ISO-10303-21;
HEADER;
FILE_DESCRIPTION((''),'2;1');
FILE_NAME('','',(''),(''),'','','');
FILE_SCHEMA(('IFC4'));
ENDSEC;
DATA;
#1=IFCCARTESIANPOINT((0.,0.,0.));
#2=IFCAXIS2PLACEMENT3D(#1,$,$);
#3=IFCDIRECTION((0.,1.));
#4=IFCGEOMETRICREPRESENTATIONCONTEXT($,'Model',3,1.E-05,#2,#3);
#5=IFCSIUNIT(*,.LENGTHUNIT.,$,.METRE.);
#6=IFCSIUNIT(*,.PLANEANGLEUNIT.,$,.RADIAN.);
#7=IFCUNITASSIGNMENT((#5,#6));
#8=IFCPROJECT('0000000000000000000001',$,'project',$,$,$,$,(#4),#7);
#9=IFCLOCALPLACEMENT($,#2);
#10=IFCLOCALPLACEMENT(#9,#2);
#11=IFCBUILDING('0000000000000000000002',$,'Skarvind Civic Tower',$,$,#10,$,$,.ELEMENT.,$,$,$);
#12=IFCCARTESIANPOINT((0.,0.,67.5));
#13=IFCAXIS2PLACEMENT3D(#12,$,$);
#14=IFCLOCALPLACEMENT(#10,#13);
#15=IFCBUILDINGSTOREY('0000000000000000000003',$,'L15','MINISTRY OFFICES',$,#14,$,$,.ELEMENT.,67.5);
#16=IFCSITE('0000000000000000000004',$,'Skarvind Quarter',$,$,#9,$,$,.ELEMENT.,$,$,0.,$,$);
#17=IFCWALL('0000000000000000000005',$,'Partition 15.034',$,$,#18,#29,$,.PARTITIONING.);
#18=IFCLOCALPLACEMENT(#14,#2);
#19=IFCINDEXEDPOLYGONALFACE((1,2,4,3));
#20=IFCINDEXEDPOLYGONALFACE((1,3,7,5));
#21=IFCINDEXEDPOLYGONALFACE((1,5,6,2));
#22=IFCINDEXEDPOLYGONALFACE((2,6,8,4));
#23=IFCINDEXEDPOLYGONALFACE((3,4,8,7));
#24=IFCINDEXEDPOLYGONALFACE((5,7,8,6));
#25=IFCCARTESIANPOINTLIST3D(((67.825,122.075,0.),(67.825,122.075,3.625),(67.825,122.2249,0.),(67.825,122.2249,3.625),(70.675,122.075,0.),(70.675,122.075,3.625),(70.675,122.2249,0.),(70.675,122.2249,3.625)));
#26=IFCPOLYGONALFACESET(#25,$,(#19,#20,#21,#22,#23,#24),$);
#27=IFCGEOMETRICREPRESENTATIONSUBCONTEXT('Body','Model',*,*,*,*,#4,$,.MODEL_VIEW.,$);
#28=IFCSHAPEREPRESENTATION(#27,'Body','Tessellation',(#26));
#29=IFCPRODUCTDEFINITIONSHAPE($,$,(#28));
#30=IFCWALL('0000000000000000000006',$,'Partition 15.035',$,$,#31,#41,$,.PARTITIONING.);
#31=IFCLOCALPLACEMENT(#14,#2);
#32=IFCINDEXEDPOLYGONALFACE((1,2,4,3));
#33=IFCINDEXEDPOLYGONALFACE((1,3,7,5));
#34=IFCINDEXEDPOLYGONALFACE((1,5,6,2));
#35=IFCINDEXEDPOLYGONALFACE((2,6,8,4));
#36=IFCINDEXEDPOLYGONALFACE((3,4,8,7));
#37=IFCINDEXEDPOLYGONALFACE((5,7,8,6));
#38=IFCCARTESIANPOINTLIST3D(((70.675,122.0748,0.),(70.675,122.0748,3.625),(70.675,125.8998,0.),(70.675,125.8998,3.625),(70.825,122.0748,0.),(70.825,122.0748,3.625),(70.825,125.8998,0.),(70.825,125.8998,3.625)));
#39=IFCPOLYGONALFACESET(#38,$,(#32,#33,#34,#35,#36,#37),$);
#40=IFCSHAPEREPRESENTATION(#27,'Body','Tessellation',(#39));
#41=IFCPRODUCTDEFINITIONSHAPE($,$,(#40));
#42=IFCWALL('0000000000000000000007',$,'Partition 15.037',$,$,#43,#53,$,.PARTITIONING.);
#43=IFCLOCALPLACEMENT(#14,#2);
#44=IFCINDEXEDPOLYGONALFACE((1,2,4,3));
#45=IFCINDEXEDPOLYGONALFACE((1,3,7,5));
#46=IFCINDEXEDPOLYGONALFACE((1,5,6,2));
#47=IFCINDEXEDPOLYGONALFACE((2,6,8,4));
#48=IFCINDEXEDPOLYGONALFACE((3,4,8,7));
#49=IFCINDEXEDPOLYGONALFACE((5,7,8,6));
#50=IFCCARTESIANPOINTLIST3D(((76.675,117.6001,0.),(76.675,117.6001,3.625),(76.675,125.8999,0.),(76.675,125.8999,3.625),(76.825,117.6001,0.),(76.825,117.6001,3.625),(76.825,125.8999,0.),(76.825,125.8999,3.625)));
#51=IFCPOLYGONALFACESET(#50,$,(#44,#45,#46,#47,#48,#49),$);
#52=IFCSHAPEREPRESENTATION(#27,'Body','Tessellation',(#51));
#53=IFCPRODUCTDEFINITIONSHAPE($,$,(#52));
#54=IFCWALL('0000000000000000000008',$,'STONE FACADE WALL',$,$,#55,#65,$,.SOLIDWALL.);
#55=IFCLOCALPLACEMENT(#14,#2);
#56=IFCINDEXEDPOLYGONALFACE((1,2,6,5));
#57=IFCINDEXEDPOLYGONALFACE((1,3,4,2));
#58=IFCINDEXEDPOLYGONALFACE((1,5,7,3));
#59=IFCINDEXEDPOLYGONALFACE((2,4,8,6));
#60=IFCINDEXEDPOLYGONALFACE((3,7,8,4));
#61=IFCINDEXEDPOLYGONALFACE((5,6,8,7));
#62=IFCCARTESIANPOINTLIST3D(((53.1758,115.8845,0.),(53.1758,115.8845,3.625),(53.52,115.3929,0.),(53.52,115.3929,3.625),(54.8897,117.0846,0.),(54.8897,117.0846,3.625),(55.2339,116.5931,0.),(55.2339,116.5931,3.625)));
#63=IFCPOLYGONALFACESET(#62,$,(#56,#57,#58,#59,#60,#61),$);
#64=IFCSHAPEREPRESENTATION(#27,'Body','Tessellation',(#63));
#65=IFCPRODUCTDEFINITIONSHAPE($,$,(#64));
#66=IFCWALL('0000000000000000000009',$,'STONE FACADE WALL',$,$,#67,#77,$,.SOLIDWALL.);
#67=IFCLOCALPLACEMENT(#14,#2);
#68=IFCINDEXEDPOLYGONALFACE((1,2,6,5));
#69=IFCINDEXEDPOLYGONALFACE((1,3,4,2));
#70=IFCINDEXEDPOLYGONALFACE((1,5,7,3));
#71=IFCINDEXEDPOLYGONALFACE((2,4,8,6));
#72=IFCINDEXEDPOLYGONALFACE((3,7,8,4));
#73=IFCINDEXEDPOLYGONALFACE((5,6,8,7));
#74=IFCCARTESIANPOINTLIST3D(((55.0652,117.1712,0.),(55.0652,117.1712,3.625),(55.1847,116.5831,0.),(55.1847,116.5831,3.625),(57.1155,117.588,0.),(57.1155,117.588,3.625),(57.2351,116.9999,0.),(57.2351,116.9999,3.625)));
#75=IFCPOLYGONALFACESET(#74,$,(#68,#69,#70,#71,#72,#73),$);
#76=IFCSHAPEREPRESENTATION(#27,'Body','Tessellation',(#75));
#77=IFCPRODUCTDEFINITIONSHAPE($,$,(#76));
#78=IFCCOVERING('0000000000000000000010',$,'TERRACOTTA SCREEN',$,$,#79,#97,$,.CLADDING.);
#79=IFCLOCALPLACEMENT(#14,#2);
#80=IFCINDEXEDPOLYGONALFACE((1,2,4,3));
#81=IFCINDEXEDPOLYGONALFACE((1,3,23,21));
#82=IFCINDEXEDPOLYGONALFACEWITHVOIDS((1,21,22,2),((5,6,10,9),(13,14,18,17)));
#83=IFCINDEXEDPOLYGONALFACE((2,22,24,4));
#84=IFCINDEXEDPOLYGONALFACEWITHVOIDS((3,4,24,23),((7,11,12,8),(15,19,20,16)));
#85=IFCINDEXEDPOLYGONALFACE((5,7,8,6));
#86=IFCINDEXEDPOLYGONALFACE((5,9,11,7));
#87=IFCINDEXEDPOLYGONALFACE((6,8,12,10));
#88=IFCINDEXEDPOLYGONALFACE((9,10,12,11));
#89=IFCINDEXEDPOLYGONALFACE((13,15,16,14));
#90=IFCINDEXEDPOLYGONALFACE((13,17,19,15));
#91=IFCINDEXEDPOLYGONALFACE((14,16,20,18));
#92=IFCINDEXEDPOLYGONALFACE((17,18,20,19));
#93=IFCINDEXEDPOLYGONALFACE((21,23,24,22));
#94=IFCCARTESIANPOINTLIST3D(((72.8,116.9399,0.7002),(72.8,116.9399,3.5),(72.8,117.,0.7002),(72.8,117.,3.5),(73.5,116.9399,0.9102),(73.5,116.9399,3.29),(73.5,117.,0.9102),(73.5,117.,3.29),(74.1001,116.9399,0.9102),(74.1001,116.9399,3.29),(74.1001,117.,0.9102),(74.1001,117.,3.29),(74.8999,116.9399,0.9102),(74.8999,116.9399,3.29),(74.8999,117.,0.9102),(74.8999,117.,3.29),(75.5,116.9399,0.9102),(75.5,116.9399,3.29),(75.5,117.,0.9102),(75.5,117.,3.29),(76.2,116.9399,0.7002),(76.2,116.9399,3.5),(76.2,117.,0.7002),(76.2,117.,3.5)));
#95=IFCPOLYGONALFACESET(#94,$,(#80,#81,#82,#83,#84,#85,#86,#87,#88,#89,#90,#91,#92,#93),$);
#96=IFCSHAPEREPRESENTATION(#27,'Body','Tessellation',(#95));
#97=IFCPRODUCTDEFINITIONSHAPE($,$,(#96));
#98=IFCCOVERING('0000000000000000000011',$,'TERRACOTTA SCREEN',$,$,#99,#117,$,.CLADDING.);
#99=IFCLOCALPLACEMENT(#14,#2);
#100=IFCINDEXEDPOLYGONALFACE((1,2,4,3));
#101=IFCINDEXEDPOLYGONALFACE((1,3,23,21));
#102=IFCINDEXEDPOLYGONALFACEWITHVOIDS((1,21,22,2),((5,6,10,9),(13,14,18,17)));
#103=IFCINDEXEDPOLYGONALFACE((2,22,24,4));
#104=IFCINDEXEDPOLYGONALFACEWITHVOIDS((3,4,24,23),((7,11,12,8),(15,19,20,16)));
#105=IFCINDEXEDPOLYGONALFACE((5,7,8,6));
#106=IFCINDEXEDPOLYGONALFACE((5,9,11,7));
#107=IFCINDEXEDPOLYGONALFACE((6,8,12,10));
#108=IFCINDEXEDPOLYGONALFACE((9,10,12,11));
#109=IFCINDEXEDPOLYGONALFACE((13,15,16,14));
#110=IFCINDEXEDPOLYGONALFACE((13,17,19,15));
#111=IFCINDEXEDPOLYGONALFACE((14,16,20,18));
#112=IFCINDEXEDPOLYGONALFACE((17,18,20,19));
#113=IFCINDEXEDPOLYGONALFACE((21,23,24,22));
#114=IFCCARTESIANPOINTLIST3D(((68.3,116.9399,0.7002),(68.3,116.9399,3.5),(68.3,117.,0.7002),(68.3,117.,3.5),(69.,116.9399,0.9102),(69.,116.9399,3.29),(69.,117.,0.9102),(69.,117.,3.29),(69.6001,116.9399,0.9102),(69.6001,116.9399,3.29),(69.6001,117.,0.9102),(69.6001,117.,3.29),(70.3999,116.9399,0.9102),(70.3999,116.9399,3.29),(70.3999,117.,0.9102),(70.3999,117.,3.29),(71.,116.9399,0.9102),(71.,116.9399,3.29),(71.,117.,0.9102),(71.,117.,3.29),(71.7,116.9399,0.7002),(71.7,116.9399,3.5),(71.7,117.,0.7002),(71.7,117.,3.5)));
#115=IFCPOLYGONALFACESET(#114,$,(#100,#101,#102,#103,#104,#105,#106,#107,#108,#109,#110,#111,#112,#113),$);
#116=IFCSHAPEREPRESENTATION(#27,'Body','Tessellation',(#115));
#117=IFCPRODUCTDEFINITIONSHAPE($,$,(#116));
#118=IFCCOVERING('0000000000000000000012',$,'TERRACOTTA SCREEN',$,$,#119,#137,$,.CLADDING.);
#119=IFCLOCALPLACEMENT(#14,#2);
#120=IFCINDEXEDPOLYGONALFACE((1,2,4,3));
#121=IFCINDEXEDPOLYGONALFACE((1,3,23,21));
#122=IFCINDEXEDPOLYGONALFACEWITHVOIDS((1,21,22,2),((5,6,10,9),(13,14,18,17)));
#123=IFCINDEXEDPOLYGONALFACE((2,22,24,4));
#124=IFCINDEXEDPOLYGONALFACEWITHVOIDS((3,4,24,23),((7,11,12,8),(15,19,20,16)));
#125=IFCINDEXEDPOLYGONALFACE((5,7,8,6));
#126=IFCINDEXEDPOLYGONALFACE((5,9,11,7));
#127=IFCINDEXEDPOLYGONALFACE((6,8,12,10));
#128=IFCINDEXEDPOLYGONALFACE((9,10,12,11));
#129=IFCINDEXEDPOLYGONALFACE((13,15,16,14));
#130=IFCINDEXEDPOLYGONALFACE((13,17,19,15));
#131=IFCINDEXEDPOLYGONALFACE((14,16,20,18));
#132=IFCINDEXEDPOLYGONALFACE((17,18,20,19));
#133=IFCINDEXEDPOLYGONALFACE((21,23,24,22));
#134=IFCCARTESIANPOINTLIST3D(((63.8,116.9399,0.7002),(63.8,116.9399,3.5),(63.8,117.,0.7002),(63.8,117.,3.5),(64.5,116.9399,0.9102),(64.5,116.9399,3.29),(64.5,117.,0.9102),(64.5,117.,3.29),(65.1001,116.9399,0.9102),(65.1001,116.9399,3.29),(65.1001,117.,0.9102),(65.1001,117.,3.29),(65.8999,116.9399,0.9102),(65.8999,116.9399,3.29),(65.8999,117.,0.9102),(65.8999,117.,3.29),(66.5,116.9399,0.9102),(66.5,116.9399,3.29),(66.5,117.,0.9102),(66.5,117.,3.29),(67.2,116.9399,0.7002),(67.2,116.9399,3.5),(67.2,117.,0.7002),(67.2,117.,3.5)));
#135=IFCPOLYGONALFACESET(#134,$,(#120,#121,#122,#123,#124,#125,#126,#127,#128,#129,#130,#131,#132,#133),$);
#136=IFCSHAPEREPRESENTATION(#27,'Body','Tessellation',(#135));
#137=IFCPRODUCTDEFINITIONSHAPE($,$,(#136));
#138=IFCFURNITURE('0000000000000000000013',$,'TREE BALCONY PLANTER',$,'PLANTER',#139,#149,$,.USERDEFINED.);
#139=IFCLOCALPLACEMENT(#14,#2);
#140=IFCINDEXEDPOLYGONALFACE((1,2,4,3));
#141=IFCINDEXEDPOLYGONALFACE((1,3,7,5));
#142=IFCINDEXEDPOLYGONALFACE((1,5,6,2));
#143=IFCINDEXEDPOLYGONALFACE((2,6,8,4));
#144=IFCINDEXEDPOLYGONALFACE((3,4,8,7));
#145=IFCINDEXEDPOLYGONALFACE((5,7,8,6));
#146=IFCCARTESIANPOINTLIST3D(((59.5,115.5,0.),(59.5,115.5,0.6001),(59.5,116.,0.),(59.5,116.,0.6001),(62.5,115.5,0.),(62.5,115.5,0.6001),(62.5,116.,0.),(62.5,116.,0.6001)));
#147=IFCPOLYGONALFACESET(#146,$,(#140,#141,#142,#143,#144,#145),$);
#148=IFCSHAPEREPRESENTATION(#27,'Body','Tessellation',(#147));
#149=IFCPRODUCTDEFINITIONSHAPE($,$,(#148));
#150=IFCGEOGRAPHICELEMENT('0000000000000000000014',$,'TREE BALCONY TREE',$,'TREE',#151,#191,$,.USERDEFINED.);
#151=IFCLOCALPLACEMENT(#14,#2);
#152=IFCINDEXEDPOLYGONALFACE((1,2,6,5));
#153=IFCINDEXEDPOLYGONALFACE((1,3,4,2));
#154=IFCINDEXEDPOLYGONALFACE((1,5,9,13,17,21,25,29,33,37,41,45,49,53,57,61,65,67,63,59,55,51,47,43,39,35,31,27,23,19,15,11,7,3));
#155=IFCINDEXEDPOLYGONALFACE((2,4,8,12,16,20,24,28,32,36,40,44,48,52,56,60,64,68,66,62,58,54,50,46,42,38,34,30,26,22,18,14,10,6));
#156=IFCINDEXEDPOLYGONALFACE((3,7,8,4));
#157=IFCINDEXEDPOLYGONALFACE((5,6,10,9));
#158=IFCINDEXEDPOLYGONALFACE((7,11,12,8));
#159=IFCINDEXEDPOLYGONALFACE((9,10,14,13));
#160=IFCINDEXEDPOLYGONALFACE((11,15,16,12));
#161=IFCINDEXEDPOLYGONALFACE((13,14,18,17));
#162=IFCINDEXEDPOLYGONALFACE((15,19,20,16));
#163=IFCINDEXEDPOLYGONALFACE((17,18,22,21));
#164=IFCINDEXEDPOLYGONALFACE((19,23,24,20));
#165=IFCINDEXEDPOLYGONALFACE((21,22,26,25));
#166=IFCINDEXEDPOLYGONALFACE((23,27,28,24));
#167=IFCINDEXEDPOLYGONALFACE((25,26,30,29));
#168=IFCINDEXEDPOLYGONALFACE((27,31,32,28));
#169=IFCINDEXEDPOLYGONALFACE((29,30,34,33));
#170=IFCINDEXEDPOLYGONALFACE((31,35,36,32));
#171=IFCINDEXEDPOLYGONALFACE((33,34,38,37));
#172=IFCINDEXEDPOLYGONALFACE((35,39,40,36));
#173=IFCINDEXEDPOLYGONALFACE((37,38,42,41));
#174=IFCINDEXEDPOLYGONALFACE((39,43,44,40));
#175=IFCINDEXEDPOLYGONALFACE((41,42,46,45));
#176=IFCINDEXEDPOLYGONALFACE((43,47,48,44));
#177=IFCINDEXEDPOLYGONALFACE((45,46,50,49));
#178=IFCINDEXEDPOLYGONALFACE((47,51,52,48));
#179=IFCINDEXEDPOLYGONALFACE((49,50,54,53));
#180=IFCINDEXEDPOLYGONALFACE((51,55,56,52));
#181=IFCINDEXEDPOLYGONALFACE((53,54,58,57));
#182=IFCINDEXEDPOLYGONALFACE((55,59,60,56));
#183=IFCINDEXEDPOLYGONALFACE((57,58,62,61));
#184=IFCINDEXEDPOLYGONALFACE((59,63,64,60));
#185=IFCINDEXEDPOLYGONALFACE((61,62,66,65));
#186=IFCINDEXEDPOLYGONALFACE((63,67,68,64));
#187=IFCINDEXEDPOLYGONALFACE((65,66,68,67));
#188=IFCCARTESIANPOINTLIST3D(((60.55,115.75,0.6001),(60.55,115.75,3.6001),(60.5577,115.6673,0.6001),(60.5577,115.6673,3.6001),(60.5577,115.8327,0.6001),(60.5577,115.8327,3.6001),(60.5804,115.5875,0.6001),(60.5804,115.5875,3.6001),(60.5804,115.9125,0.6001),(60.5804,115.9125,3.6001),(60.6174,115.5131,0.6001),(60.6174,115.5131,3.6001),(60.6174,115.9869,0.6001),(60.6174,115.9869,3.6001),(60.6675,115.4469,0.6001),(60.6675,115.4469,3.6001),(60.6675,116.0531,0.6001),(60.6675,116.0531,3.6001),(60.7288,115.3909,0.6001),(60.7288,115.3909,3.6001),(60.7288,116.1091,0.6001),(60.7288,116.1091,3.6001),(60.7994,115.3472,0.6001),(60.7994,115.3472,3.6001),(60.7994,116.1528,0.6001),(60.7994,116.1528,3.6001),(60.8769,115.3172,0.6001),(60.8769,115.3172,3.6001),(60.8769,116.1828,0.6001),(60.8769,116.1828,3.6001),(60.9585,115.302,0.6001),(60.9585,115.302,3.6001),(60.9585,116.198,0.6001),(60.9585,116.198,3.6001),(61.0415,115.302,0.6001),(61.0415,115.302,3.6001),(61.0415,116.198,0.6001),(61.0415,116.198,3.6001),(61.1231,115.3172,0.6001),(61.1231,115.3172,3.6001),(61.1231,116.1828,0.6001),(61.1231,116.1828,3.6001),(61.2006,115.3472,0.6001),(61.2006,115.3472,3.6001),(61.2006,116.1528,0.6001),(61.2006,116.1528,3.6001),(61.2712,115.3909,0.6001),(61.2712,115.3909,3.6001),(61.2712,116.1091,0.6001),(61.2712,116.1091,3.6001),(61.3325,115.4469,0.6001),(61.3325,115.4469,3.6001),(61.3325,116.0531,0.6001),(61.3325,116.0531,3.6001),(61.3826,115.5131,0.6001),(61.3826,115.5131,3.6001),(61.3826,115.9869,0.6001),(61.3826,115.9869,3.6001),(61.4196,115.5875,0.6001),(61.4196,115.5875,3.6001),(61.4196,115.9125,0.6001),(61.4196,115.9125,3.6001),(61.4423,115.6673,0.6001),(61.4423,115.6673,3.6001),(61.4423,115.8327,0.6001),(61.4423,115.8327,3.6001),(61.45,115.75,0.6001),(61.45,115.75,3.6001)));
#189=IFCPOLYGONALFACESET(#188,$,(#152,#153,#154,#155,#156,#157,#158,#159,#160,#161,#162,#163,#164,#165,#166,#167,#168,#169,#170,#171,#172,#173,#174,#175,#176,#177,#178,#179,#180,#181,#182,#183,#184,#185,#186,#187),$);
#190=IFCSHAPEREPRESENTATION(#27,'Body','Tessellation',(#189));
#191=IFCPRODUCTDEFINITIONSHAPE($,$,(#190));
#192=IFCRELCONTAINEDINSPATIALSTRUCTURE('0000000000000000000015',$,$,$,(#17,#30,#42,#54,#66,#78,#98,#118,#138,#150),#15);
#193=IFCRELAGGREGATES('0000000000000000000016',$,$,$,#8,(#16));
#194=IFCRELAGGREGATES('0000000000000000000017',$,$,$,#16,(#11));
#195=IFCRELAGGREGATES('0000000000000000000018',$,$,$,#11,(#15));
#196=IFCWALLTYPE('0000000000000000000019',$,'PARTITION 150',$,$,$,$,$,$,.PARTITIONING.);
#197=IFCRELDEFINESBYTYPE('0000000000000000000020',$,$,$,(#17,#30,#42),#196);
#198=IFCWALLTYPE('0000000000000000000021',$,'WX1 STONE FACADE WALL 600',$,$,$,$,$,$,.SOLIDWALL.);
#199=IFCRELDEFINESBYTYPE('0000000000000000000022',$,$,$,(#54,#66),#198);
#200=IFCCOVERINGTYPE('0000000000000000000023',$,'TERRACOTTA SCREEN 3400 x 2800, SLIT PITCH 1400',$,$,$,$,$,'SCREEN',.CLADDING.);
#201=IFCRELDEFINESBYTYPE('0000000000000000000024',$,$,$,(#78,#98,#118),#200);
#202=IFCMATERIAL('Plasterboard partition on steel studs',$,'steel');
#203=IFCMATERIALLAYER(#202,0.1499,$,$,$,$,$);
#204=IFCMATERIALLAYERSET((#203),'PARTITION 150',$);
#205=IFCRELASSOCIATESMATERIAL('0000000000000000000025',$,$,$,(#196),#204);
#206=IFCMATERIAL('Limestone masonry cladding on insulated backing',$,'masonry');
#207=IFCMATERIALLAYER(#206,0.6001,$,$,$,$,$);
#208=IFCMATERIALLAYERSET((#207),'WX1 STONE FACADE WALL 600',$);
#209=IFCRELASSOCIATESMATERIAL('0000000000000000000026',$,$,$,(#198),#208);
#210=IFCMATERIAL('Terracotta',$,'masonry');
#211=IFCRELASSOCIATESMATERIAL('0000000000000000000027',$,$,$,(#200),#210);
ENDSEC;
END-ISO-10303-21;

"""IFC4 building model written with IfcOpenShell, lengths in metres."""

from ifc_helpers import new_model, si_unit, direction, frame, frame_2d, origin, origin_2d, place, context, subcontext, project, spatial, polyline, rectangle, circle, outline, extrude, material, layer, layer_set, material_profile, profile_set, type_object, element, save


model = new_model("IFC4")

# Units and contexts
model_context = context("Model", 3, precision=1e-05, world=origin(), true_north=direction((0.0, 1.0)))
body_context = subcontext(model_context, "Body", "Model", "MODEL_VIEW")
ifc_project = project(units=[si_unit("LENGTHUNIT", "METRE"), si_unit("PLANEANGLEUNIT", "RADIAN")], contexts=[model_context])

# Site, building, storey
site_placement = place(None, origin())
site = spatial("IfcSite", under=ifc_project, at=site_placement, Name="Skarvind Quarter", CompositionType="ELEMENT", RefElevation=0.0)
building_placement = place(site_placement, origin())
building = spatial("IfcBuilding", under=site, at=building_placement, Name="Skarvind Civic Tower", CompositionType="ELEMENT")
storey_placement = place(building_placement, frame((0.0, 0.0, 67.5)))
storey = spatial("IfcBuildingStorey", under=building, at=storey_placement, Name="L15", Description="MINISTRY OFFICES", CompositionType="ELEMENT", Elevation=67.5)

# Shared definitions
ifc_material_1 = material(Name="Plasterboard partition on steel studs", Category="steel")
ifc_layer_1 = layer(ifc_material_1, 0.1499)
ifc_layer_set_1 = layer_set([ifc_layer_1], Name="PARTITION 150")
wall_type_1 = type_object("IfcWallType", Name="PARTITION 150", PredefinedType="PARTITIONING", material=ifc_layer_set_1)

# Walls
wall_1_placement = place(storey_placement, frame((70.675, 122.1499, 0.0), z_axis=(0.0, 0.0, 1.0), x_axis=(-1.0, 0.0, 0.0)))
element("IfcWall", 1, at=wall_1_placement, inside=storey, type_object=wall_type_1, Name="Partition 15.034", PredefinedType="PARTITIONING", context=body_context, shape_type="SweptSolid", body=[
    extrude(rectangle(XDim=2.8501, YDim=0.1499, at=frame_2d((1.425, 0.0))), origin(), (0.0, 0.0, 1.0), 3.625),
])
wall_2_placement = place(storey_placement, frame((70.75, 125.8999, 0.0), z_axis=(0.0, 0.0, 1.0), x_axis=(0.0, -1.0, 0.0)))
element("IfcWall", 2, at=wall_2_placement, inside=storey, type_object=wall_type_1, Name="Partition 15.035", PredefinedType="PARTITIONING", context=body_context, shape_type="SweptSolid", body=[
    extrude(rectangle(XDim=3.825, YDim=0.1499, at=frame_2d((1.9126, 0.0))), origin(), (0.0, 0.0, 1.0), 3.625),
])
wall_3_placement = place(storey_placement, frame((76.75, 117.6001, 0.0), z_axis=(0.0, 0.0, 1.0), x_axis=(0.0, 1.0, 0.0)))
element("IfcWall", 3, at=wall_3_placement, inside=storey, type_object=wall_type_1, Name="Partition 15.037", PredefinedType="PARTITIONING", context=body_context, shape_type="SweptSolid", body=[
    extrude(rectangle(XDim=8.2998, YDim=0.1499, at=frame_2d((4.1499, 0.0))), origin(), (0.0, 0.0, 1.0), 3.625),
])
ifc_material_2 = material(Name="Limestone masonry cladding on insulated backing", Category="masonry")
ifc_layer_2 = layer(ifc_material_2, 0.6001)
ifc_layer_set_2 = layer_set([ifc_layer_2], Name="WX1 STONE FACADE WALL 600")
wall_type_2 = type_object("IfcWallType", Name="WX1 STONE FACADE WALL 600", PredefinedType="SOLIDWALL", material=ifc_layer_set_2)
for number, where, z_axis, x_axis, name in (
    (4, (55.0618, 116.8389, 0.0), (0.0, 0.0, 1.0), (-0.819122, -0.573619, 0.0), "STONE FACADE WALL"),
    (5, (57.1753, 117.2939, 0.0), (0.0, 0.0, 1.0), (-0.979961, -0.199189, 0.0), "STONE FACADE WALL"),
):
    element("IfcWall", number, at=place(storey_placement, frame(where, z_axis=z_axis, x_axis=x_axis)), inside=storey, type_object=wall_type_2, Name=name, PredefinedType="SOLIDWALL", context=body_context, shape_type="SweptSolid", body=[
        extrude(rectangle(XDim=2.0923, YDim=0.6001, at=frame_2d((1.0461, 0.0))), origin(), (0.0, 0.0, 1.0), 3.625),
    ])

# Coverings
ifc_material_3 = material(Name="Terracotta", Category="masonry")
ifc_material_profile_1 = material_profile(ifc_material_3, outline(polyline([(-1.7, -1.3999), (1.7, -1.3999), (1.7, 1.3999), (-1.7, 1.3999), (-1.7, -1.3999)]), holes=[polyline([(-1.0, -1.1899), (-0.3999, -1.1899), (-0.3999, 1.1899), (-1.0, 1.1899), (-1.0, -1.1899)]), polyline([(0.3999, -1.1899), (1.0, -1.1899), (1.0, 1.1899), (0.3999, 1.1899), (0.3999, -1.1899)])]), Name="TERRACOTTA SCREEN 3400 x 2800, SLIT PITCH 1400")
ifc_profile_set_1 = profile_set([ifc_material_profile_1], Name="Terracotta")
covering_type = type_object("IfcCoveringType", Name="TERRACOTTA SCREEN 3400 x 2800, SLIT PITCH 1400", ElementType="SCREEN", PredefinedType="CLADDING", material=ifc_profile_set_1)
for number, where, z_axis, x_axis, name in (
    (6, (74.5, 117.0, 2.1001), (0.0, -1.0, 0.0), (1.0, 0.0, 0.0), "TERRACOTTA SCREEN"),
    (7, (70.0, 117.0, 2.1001), (0.0, -1.0, 0.0), (1.0, 0.0, 0.0), "TERRACOTTA SCREEN"),
    (8, (65.5, 117.0, 2.1001), (0.0, -1.0, 0.0), (1.0, 0.0, 0.0), "TERRACOTTA SCREEN"),
):
    element("IfcCovering", number, at=place(storey_placement, frame(where, z_axis=z_axis, x_axis=x_axis)), inside=storey, type_object=covering_type, Name=name, PredefinedType="CLADDING", context=body_context, shape_type="SweptSolid", body=[
        extrude(outline(polyline([(-1.7, -1.3999), (1.7, -1.3999), (1.7, 1.3999), (-1.7, 1.3999), (-1.7, -1.3999)]), holes=[polyline([(-1.0, -1.1899), (-0.3999, -1.1899), (-0.3999, 1.1899), (-1.0, 1.1899), (-1.0, -1.1899)]), polyline([(0.3999, -1.1899), (1.0, -1.1899), (1.0, 1.1899), (0.3999, 1.1899), (0.3999, -1.1899)])]), origin(), (0.0, 0.0, 1.0), 0.0601),
    ])

# Furniture
furniture_placement = place(storey_placement, frame((61.0, 115.75, 0.0), z_axis=(0.0, 0.0, 1.0), x_axis=(-1.0, 0.0, 0.0)))
element("IfcFurniture", 9, at=furniture_placement, inside=storey, Name="TREE BALCONY PLANTER", ObjectType="PLANTER", PredefinedType="USERDEFINED", context=body_context, shape_type="SweptSolid", body=[
    extrude(rectangle(XDim=3.0, YDim=0.5, at=origin_2d()), origin(), (0.0, 0.0, 1.0), 0.6001),
])

# Geographic element
geographic_element_placement = place(storey_placement, frame((61.0, 115.75, 0.6001), z_axis=(0.0, 0.0, 1.0), x_axis=(1.0, 0.0, 0.0)))
element("IfcGeographicElement", 10, at=geographic_element_placement, inside=storey, Name="TREE BALCONY TREE", ObjectType="TREE", PredefinedType="USERDEFINED", context=body_context, shape_type="SweptSolid", body=[
    extrude(circle(Radius=0.45, at=origin_2d()), origin(), (0.0, 0.0, 1.0), 3.0),
])

save(model, "model.ifc")
